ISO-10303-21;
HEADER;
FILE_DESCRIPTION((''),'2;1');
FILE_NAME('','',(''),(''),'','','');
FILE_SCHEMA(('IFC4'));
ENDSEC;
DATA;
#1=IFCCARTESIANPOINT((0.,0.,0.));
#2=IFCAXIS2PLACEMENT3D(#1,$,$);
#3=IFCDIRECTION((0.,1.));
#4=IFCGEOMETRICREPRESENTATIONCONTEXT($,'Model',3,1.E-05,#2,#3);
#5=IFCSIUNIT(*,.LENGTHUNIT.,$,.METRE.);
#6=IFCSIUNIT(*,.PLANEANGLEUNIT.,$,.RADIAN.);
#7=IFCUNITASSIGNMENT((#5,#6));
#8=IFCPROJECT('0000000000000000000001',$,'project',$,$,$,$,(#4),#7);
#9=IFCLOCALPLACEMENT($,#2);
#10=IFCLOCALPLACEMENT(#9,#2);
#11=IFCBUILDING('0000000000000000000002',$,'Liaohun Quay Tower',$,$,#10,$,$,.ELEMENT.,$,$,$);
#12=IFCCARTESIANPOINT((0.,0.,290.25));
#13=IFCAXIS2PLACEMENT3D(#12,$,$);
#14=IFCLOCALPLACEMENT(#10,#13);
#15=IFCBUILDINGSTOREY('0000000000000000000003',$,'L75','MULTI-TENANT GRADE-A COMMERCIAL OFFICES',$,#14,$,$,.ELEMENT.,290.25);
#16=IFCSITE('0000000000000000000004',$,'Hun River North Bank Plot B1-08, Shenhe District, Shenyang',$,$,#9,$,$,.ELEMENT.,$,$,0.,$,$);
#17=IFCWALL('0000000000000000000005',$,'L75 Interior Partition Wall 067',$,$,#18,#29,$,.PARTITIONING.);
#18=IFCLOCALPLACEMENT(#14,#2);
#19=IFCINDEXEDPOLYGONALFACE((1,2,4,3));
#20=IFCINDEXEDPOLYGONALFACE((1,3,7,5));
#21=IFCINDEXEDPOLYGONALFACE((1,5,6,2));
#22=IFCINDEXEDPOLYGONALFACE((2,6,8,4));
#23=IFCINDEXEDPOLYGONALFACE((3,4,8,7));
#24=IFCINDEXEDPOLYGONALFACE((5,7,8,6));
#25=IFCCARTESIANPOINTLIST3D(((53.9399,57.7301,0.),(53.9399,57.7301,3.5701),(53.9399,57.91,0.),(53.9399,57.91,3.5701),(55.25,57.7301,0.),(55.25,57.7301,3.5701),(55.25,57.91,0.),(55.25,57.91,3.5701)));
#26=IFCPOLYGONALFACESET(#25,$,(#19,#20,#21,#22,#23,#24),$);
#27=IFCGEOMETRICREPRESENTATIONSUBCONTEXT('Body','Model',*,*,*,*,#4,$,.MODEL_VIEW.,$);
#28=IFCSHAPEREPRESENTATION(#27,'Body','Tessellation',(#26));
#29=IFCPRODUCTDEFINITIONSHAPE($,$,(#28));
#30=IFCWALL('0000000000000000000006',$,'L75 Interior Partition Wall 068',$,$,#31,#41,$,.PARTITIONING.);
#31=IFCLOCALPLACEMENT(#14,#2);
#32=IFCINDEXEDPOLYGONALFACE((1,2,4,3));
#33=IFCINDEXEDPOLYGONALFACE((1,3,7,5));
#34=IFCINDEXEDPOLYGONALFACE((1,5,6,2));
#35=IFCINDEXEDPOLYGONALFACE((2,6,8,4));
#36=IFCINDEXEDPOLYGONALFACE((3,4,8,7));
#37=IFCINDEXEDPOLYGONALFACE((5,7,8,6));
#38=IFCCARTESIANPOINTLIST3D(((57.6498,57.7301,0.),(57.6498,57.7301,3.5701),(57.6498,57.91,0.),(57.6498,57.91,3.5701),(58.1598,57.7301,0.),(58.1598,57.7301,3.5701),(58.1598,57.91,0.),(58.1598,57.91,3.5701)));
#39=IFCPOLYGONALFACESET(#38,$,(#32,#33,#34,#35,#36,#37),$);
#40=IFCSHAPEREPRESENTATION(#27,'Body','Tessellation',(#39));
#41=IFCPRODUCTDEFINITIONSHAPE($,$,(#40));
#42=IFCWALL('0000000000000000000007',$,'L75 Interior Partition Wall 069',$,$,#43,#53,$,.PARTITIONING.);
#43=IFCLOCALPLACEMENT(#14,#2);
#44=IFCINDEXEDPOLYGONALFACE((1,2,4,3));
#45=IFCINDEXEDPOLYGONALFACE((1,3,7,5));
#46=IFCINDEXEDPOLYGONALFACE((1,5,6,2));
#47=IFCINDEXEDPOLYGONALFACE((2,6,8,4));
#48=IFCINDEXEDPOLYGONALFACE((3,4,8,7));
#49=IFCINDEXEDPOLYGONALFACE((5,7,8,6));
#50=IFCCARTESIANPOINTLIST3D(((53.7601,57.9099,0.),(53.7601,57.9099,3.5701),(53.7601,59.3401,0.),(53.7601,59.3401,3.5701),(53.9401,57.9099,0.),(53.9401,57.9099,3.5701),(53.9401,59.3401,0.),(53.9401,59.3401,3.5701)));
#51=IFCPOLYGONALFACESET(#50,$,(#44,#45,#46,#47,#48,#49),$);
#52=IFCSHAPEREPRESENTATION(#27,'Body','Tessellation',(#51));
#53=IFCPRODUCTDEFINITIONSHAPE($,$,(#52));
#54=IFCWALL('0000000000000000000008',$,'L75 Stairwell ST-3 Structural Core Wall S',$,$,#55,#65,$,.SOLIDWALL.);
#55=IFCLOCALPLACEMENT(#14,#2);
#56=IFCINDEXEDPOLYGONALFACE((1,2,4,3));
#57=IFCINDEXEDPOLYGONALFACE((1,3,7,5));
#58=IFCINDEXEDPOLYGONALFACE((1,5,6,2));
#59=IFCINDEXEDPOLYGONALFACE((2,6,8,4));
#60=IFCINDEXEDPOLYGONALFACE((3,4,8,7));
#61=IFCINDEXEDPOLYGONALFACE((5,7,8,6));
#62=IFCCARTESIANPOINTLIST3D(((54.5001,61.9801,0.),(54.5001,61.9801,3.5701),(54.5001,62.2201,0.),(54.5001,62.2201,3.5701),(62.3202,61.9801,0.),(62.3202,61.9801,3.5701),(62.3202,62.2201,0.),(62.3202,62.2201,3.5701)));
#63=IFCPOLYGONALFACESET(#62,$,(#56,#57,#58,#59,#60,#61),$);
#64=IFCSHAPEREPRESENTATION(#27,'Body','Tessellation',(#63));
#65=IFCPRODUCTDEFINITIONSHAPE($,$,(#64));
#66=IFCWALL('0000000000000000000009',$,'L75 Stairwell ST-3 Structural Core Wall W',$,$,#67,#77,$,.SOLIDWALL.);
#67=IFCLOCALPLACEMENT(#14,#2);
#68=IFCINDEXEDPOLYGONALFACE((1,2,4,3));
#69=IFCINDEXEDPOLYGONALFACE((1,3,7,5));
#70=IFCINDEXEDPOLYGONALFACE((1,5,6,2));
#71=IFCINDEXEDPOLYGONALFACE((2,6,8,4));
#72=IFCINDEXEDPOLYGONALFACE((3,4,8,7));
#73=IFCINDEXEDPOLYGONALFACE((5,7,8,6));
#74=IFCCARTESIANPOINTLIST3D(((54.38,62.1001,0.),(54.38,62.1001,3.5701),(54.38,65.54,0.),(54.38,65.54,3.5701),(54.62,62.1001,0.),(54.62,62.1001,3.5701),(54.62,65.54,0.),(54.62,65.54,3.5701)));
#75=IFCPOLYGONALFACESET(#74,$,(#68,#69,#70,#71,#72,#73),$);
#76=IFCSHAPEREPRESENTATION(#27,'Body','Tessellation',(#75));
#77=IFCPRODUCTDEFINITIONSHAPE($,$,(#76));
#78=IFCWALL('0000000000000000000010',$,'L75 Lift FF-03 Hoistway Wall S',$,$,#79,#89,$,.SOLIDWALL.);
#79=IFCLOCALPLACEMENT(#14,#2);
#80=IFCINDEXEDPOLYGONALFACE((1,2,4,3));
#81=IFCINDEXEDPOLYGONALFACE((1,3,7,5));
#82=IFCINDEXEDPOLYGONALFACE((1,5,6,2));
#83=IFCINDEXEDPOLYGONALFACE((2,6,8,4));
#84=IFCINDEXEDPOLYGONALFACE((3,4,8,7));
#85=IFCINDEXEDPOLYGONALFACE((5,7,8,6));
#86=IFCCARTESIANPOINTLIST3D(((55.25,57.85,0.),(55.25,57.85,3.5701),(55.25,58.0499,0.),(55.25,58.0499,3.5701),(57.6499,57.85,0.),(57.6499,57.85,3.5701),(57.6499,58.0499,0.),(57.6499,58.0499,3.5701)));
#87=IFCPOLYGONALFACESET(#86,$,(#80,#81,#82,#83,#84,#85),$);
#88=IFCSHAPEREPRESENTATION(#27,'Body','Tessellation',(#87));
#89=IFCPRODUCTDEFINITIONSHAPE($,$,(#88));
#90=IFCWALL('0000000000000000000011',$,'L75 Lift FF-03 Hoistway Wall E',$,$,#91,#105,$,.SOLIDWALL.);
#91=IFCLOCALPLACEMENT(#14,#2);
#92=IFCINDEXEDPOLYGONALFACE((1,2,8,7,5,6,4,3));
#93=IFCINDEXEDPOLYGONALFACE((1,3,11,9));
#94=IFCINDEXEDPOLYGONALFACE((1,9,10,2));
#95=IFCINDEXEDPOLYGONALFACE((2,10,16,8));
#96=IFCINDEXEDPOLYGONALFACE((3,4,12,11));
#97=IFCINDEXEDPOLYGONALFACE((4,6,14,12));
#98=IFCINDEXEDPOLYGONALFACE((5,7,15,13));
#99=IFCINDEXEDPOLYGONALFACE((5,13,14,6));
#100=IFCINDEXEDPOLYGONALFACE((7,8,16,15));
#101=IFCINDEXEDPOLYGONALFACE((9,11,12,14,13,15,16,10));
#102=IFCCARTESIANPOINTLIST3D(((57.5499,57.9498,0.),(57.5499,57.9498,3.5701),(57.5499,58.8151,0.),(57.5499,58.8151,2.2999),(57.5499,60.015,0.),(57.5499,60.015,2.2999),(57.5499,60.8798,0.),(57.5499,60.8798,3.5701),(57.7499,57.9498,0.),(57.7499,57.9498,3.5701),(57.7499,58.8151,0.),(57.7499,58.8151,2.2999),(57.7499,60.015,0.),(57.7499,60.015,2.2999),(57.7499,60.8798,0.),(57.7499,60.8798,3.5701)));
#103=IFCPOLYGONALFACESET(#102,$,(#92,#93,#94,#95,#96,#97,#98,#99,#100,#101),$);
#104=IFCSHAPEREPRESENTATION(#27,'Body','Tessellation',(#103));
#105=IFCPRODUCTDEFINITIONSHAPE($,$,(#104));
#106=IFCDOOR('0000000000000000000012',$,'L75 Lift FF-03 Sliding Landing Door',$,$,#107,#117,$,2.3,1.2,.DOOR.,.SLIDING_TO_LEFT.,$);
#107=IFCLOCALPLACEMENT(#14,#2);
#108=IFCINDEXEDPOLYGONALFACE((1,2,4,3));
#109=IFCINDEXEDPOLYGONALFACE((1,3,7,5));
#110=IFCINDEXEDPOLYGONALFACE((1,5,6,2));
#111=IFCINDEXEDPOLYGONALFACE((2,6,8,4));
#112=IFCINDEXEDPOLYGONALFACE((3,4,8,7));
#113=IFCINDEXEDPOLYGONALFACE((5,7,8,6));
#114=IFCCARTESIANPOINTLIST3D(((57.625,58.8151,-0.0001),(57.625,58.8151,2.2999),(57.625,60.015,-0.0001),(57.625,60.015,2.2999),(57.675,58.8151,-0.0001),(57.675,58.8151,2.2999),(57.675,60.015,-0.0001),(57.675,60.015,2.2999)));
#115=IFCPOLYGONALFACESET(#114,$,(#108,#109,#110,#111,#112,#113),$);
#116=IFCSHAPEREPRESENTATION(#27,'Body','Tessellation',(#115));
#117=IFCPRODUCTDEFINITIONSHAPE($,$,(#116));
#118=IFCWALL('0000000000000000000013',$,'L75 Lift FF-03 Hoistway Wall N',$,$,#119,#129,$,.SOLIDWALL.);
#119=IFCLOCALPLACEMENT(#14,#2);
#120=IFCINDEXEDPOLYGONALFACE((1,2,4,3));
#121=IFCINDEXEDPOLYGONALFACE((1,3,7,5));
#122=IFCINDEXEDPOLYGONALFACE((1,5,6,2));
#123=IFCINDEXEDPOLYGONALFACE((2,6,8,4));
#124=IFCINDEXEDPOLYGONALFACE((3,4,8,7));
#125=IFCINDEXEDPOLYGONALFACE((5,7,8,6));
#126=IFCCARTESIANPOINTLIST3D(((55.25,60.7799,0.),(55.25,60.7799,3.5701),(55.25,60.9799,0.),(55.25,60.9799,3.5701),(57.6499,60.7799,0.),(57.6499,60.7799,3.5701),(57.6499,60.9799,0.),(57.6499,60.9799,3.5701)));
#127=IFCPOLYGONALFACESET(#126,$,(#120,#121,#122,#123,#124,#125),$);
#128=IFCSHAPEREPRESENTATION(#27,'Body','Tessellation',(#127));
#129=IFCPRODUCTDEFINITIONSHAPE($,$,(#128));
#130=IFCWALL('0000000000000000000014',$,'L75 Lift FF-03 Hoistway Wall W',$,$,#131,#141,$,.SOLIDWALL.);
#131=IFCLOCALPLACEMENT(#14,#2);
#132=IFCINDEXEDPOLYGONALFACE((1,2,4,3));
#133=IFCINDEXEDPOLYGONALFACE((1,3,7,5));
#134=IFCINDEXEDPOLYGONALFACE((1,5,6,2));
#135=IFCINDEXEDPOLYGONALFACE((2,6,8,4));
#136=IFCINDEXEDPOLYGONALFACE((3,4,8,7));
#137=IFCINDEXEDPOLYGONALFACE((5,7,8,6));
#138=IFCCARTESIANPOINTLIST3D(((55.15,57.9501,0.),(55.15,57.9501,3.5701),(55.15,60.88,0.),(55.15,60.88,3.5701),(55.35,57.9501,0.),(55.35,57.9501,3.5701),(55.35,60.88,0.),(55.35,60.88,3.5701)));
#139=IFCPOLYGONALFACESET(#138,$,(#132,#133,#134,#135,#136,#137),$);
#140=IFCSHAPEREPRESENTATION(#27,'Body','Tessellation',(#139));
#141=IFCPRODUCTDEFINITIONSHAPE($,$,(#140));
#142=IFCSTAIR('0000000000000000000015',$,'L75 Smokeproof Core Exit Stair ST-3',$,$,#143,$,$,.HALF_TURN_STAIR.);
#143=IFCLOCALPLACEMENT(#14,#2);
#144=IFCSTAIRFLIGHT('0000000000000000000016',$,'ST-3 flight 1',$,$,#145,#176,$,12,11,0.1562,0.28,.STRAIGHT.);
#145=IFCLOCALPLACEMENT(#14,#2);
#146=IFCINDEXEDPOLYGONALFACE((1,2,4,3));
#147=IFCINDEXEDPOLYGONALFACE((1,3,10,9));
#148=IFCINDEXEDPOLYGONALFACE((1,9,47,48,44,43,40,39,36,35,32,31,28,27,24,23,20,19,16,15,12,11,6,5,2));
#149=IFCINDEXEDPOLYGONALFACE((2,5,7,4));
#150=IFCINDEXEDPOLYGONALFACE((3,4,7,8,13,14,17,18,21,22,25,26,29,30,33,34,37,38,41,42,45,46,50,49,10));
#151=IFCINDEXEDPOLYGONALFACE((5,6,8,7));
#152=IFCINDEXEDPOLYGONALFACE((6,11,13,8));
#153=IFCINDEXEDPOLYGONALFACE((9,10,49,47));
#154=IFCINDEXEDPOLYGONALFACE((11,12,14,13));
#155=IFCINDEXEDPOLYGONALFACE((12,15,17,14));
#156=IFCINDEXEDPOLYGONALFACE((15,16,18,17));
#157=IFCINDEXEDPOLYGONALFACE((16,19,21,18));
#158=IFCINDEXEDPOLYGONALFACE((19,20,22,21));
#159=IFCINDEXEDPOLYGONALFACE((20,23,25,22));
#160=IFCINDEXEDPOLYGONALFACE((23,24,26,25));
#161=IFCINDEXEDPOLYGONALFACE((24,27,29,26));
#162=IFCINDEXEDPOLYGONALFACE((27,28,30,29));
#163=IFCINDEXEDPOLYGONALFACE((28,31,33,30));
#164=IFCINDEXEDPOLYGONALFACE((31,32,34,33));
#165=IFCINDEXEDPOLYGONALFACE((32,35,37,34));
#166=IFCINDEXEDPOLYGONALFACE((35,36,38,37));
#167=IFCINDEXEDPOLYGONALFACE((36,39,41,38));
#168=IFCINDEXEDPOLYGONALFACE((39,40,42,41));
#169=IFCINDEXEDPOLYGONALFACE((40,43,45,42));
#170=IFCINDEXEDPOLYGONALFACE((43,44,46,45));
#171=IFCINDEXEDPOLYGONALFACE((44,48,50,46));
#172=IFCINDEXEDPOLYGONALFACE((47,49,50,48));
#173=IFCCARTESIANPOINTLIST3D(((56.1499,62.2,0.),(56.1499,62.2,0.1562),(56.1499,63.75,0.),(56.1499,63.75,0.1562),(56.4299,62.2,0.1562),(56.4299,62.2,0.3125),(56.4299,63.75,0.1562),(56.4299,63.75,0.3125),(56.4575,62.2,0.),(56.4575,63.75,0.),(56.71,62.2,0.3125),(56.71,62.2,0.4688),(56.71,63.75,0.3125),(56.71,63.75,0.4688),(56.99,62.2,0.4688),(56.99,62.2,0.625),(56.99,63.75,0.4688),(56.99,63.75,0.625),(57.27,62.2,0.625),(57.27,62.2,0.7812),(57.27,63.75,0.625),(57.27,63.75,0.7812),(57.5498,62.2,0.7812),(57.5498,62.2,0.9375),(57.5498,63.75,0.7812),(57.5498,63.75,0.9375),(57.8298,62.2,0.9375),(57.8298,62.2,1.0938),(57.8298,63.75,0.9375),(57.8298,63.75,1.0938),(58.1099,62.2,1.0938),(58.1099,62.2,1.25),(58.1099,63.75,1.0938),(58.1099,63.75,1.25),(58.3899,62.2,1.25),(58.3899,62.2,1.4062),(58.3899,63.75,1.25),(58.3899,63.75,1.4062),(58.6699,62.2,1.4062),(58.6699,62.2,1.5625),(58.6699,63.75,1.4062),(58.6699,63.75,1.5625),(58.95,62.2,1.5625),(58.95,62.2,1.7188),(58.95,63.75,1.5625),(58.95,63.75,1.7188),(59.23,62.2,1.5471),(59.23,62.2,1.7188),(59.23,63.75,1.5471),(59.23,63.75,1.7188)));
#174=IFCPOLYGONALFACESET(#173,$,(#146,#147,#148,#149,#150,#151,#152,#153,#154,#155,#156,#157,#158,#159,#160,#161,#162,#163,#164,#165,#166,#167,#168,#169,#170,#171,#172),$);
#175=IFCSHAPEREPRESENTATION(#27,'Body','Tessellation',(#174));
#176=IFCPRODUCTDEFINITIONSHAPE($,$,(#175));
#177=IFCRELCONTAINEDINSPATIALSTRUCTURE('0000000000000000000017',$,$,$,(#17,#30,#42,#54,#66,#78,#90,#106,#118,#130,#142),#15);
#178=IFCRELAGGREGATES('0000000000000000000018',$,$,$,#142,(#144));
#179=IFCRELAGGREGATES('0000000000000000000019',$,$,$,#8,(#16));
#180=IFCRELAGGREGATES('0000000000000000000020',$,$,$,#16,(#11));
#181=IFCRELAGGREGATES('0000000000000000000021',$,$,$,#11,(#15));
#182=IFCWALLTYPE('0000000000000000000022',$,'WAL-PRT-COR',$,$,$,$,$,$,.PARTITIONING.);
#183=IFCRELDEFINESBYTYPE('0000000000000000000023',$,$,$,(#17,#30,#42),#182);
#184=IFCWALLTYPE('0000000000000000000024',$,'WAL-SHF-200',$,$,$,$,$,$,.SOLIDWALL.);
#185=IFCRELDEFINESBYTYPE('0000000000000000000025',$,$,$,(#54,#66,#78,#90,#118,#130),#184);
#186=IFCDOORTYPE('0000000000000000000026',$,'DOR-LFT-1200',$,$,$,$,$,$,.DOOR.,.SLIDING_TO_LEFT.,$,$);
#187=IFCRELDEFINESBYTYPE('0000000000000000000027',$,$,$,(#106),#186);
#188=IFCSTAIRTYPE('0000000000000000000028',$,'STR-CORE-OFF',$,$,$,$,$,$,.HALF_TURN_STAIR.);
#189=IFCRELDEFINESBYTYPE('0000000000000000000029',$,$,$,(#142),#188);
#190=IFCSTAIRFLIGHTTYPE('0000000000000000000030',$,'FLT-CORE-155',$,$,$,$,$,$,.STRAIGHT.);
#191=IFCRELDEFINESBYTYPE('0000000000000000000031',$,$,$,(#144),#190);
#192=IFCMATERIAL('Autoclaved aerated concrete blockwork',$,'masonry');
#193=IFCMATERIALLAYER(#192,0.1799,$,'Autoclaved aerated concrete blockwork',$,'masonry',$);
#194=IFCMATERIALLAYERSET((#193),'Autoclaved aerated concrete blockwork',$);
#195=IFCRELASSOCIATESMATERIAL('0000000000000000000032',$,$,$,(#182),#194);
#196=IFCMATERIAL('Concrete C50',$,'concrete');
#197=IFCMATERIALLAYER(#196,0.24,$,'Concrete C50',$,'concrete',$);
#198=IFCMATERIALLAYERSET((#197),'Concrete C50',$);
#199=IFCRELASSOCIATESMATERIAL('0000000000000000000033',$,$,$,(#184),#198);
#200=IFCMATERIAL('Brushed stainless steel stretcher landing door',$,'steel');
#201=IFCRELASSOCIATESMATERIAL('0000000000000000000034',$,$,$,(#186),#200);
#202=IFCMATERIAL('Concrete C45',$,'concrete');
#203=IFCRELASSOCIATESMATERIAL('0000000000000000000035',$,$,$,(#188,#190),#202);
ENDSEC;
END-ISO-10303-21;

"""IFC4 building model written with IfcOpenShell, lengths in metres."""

from ifc_helpers import new_model, si_unit, direction, frame, frame_2d, origin, place, context, subcontext, project, spatial, polyline, rectangle, outline, extrude, source, transform, mapped, material, layer, layer_set, type_object, element, fill, aggregate, save


model = new_model("IFC4")

# Units and contexts
model_context = context("Model", 3, precision=1e-05, world=origin(), true_north=direction((0.0, 1.0)))
body_context = subcontext(model_context, "Body", "Model", "MODEL_VIEW")
ifc_project = project(units=[si_unit("LENGTHUNIT", "METRE"), si_unit("PLANEANGLEUNIT", "RADIAN")], contexts=[model_context])

# Site, building, storey
site_placement = place(None, origin())
site = spatial("IfcSite", under=ifc_project, at=site_placement, Name="Hun River North Bank Plot B1-08, Shenhe District, Shenyang", CompositionType="ELEMENT", RefElevation=0.0)
building_placement = place(site_placement, origin())
building = spatial("IfcBuilding", under=site, at=building_placement, Name="Liaohun Quay Tower", CompositionType="ELEMENT")
storey_placement = place(building_placement, frame((0.0, 0.0, 290.25)))
storey = spatial("IfcBuildingStorey", under=building, at=storey_placement, Name="L75", Description="MULTI-TENANT GRADE-A COMMERCIAL OFFICES", CompositionType="ELEMENT", Elevation=290.25)

# Shared definitions
ifc_material_1 = material(Name="Concrete C50", Category="concrete")

# Shared definitions
ifc_material_2 = material(Name="Autoclaved aerated concrete blockwork", Category="masonry")
ifc_layer_1 = layer(ifc_material_2, 0.1799, Name="Autoclaved aerated concrete blockwork", Category="masonry")
ifc_layer_set_1 = layer_set([ifc_layer_1], Name="Autoclaved aerated concrete blockwork")
wall_type_1 = type_object("IfcWallType", Name="WAL-PRT-COR", PredefinedType="PARTITIONING", material=ifc_layer_set_1)

# Walls
wall_1_placement = place(storey_placement, frame((53.9399, 57.8201, 0.0), z_axis=(0.0, 0.0, 1.0), x_axis=(1.0, 0.0, 0.0)))
element("IfcWall", 1, at=wall_1_placement, inside=storey, type_object=wall_type_1, Name="L75 Interior Partition Wall 067", PredefinedType="PARTITIONING", context=body_context, shape_type="SweptSolid", body=[
    extrude(rectangle(XDim=1.3101, YDim=0.1799, at=frame_2d((0.655, 0.0))), origin(), (0.0, 0.0, 1.0), 3.5701),
])
wall_2_placement = place(storey_placement, frame((57.6499, 57.8201, 0.0), z_axis=(0.0, 0.0, 1.0), x_axis=(1.0, 0.0, 0.0)))
element("IfcWall", 2, at=wall_2_placement, inside=storey, type_object=wall_type_1, Name="L75 Interior Partition Wall 068", PredefinedType="PARTITIONING", context=body_context, shape_type="SweptSolid", body=[
    extrude(rectangle(XDim=0.51, YDim=0.1799, at=frame_2d((0.2549, 0.0))), origin(), (0.0, 0.0, 1.0), 3.5701),
])
wall_3_placement = place(storey_placement, frame((53.8501, 57.9099, 0.0), z_axis=(0.0, 0.0, 1.0), x_axis=(0.0, 1.0, 0.0)))
element("IfcWall", 3, at=wall_3_placement, inside=storey, type_object=wall_type_1, Name="L75 Interior Partition Wall 069", PredefinedType="PARTITIONING", context=body_context, shape_type="SweptSolid", body=[
    extrude(rectangle(XDim=1.4302, YDim=0.1799, at=frame_2d((0.7151, 0.0))), origin(), (0.0, 0.0, 1.0), 3.5701),
])
ifc_layer_2 = layer(ifc_material_1, 0.24, Name="Concrete C50", Category="concrete")
ifc_layer_set_2 = layer_set([ifc_layer_2], Name="Concrete C50")
wall_type_2 = type_object("IfcWallType", Name="WAL-SHF-200", PredefinedType="SOLIDWALL", material=ifc_layer_set_2)
wall_4_placement = place(storey_placement, frame((54.5, 62.1001, 0.0), z_axis=(0.0, 0.0, 1.0), x_axis=(1.0, 0.0, 0.0)))
element("IfcWall", 4, at=wall_4_placement, inside=storey, type_object=wall_type_2, Name="L75 Stairwell ST-3 Structural Core Wall S", PredefinedType="SOLIDWALL", context=body_context, shape_type="SweptSolid", body=[
    extrude(rectangle(XDim=7.8201, YDim=0.24, at=frame_2d((3.9102, 0.0))), origin(), (0.0, 0.0, 1.0), 3.5701),
])
wall_5_placement = place(storey_placement, frame((54.5, 65.54, 0.0), z_axis=(0.0, 0.0, 1.0), x_axis=(0.0, -1.0, 0.0)))
element("IfcWall", 5, at=wall_5_placement, inside=storey, type_object=wall_type_2, Name="L75 Stairwell ST-3 Structural Core Wall W", PredefinedType="SOLIDWALL", context=body_context, shape_type="SweptSolid", body=[
    extrude(rectangle(XDim=3.4399, YDim=0.24, at=frame_2d((1.72, 0.0))), origin(), (0.0, 0.0, 1.0), 3.5701),
])
wall_6_placement = place(storey_placement, frame((55.25, 57.95, 0.0), z_axis=(0.0, 0.0, 1.0), x_axis=(1.0, 0.0, 0.0)))
element("IfcWall", 6, at=wall_6_placement, inside=storey, type_object=wall_type_2, Name="L75 Lift FF-03 Hoistway Wall S", PredefinedType="SOLIDWALL", context=body_context, shape_type="SweptSolid", body=[
    extrude(rectangle(XDim=2.3999, YDim=0.2, at=frame_2d((1.2, 0.0))), origin(), (0.0, 0.0, 1.0), 3.5701),
])

# Wall, opening, door
wall_7_placement = place(storey_placement, frame((57.6499, 57.95, 0.0), z_axis=(0.0, 0.0, 1.0), x_axis=(0.0, 1.0, 0.0)))
wall_7 = element("IfcWall", 7, at=wall_7_placement, inside=storey, type_object=wall_type_2, Name="L75 Lift FF-03 Hoistway Wall E", PredefinedType="SOLIDWALL", context=body_context, shape_type="SweptSolid", body=[
    extrude(rectangle(XDim=2.9299, YDim=0.2, at=frame_2d((1.4648, 0.0))), origin(), (0.0, 0.0, 1.0), 3.5701),
])
shared_shape_1 = source(origin(), body_context, "Body", "SweptSolid", [
    extrude(rectangle(XDim=1.2, YDim=2.3, at=frame_2d((0.6001, 1.1499))), frame((0.0, 0.1099, 0.0), z_axis=(0.0, -1.0, 0.0), x_axis=(1.0, 0.0, 0.0)), (0.0, 0.0, 1.0), 0.22),
])
opening_1_placement = place(wall_7_placement, frame((0.865, 0.0, 0.0)))
opening_1 = element("IfcOpeningElement", 8, at=opening_1_placement, cuts=wall_7, PredefinedType="OPENING", context=body_context, shape_type="MappedRepresentation", body=[
    mapped(shared_shape_1, transform((0.0, 0.0, 0.0), x_axis=(1.0, 0.0, 0.0), y_axis=(0.0, 1.0, 0.0), z_axis=(0.0, 0.0, 1.0), scale=1.0)),
])
ifc_material_3 = material(Name="Brushed stainless steel stretcher landing door", Category="steel")
door_type_1 = type_object("IfcDoorType", Name="DOR-LFT-1200", OperationType="SLIDING_TO_LEFT", PredefinedType="DOOR", material=ifc_material_3)
shared_shape_2 = source(origin(), body_context, "Body", "SweptSolid", [
    extrude(rectangle(XDim=1.2, YDim=2.3, at=frame_2d((0.6001, 1.1499))), frame((0.0, 0.0249, 0.0), z_axis=(0.0, -1.0, 0.0), x_axis=(1.0, 0.0, 0.0)), (0.0, 0.0, 1.0), 0.05),
])
door_1_placement = place(opening_1_placement, origin())
door_1 = element("IfcDoor", 9, at=door_1_placement, inside=storey, type_object=door_type_1, Name="L75 Lift FF-03 Sliding Landing Door", OperationType="SLIDING_TO_LEFT", OverallHeight=2.3, OverallWidth=1.2, PredefinedType="DOOR", context=body_context, shape_type="MappedRepresentation", body=[
    mapped(shared_shape_2, transform((0.0, 0.0, 0.0), x_axis=(1.0, 0.0, 0.0), y_axis=(0.0, 1.0, 0.0), z_axis=(0.0, 0.0, 1.0), scale=1.0)),
])
fill(opening_1, door_1)

# Walls
wall_8_placement = place(storey_placement, frame((57.6499, 60.8799, 0.0), z_axis=(0.0, 0.0, 1.0), x_axis=(-1.0, 0.0, 0.0)))
element("IfcWall", 10, at=wall_8_placement, inside=storey, type_object=wall_type_2, Name="L75 Lift FF-03 Hoistway Wall N", PredefinedType="SOLIDWALL", context=body_context, shape_type="SweptSolid", body=[
    extrude(rectangle(XDim=2.3999, YDim=0.2, at=frame_2d((1.2, 0.0))), origin(), (0.0, 0.0, 1.0), 3.5701),
])
wall_9_placement = place(storey_placement, frame((55.25, 60.8799, 0.0), z_axis=(0.0, 0.0, 1.0), x_axis=(0.0, -1.0, 0.0)))
element("IfcWall", 11, at=wall_9_placement, inside=storey, type_object=wall_type_2, Name="L75 Lift FF-03 Hoistway Wall W", PredefinedType="SOLIDWALL", context=body_context, shape_type="SweptSolid", body=[
    extrude(rectangle(XDim=2.9299, YDim=0.2, at=frame_2d((1.4648, 0.0))), origin(), (0.0, 0.0, 1.0), 3.5701),
])

# Stair, stair flight
ifc_material_4 = material(Name="Concrete C45", Category="concrete")
stair_type = type_object("IfcStairType", Name="STR-CORE-OFF", PredefinedType="HALF_TURN_STAIR", material=ifc_material_4)
stair_placement = place(storey_placement, origin())
stair = element("IfcStair", 12, at=stair_placement, inside=storey, type_object=stair_type, Name="L75 Smokeproof Core Exit Stair ST-3", PredefinedType="HALF_TURN_STAIR")
stair_flight_type = type_object("IfcStairFlightType", Name="FLT-CORE-155", PredefinedType="STRAIGHT", material=ifc_material_4)
stair_flight_1_placement = place(storey_placement, frame((56.1499, 62.9751, 0.0), z_axis=(0.0, 0.0, 1.0), x_axis=(1.0, 0.0, 0.0)))
stair_flight_1 = element("IfcStairFlight", 13, at=stair_flight_1_placement, type_object=stair_flight_type, Name="ST-3 flight 1", NumberOfRisers=12, NumberOfTreads=11, PredefinedType="STRAIGHT", RiserHeight=0.1562, TreadLength=0.28, context=body_context, shape_type="SweptSolid", body=[
    extrude(outline(polyline([(0.0, 0.0), (0.0, 0.1562), (0.28, 0.1562), (0.28, 0.3125), (0.5601, 0.3125), (0.5601, 0.4688), (0.8401, 0.4688), (0.8401, 0.625), (1.1201, 0.625), (1.1201, 0.7812), (1.3999, 0.7812), (1.3999, 0.9375), (1.6799, 0.9375), (1.6799, 1.0938), (1.96, 1.0938), (1.96, 1.25), (2.24, 1.25), (2.24, 1.4062), (2.52, 1.4062), (2.52, 1.5625), (2.8, 1.5625), (2.8, 1.7188), (3.0801, 1.7188), (3.0801, 1.875), (3.0801, 1.5471), (0.3076, 0.0), (0.0, 0.0)])), frame((0.0, 0.7749, 0.0), z_axis=(0.0, -1.0, 0.0), x_axis=(1.0, 0.0, 0.0)), (0.0, 0.0, 1.0), 1.55),
])
aggregate(stair, [stair_flight_1])

save(model, "model.ifc")
